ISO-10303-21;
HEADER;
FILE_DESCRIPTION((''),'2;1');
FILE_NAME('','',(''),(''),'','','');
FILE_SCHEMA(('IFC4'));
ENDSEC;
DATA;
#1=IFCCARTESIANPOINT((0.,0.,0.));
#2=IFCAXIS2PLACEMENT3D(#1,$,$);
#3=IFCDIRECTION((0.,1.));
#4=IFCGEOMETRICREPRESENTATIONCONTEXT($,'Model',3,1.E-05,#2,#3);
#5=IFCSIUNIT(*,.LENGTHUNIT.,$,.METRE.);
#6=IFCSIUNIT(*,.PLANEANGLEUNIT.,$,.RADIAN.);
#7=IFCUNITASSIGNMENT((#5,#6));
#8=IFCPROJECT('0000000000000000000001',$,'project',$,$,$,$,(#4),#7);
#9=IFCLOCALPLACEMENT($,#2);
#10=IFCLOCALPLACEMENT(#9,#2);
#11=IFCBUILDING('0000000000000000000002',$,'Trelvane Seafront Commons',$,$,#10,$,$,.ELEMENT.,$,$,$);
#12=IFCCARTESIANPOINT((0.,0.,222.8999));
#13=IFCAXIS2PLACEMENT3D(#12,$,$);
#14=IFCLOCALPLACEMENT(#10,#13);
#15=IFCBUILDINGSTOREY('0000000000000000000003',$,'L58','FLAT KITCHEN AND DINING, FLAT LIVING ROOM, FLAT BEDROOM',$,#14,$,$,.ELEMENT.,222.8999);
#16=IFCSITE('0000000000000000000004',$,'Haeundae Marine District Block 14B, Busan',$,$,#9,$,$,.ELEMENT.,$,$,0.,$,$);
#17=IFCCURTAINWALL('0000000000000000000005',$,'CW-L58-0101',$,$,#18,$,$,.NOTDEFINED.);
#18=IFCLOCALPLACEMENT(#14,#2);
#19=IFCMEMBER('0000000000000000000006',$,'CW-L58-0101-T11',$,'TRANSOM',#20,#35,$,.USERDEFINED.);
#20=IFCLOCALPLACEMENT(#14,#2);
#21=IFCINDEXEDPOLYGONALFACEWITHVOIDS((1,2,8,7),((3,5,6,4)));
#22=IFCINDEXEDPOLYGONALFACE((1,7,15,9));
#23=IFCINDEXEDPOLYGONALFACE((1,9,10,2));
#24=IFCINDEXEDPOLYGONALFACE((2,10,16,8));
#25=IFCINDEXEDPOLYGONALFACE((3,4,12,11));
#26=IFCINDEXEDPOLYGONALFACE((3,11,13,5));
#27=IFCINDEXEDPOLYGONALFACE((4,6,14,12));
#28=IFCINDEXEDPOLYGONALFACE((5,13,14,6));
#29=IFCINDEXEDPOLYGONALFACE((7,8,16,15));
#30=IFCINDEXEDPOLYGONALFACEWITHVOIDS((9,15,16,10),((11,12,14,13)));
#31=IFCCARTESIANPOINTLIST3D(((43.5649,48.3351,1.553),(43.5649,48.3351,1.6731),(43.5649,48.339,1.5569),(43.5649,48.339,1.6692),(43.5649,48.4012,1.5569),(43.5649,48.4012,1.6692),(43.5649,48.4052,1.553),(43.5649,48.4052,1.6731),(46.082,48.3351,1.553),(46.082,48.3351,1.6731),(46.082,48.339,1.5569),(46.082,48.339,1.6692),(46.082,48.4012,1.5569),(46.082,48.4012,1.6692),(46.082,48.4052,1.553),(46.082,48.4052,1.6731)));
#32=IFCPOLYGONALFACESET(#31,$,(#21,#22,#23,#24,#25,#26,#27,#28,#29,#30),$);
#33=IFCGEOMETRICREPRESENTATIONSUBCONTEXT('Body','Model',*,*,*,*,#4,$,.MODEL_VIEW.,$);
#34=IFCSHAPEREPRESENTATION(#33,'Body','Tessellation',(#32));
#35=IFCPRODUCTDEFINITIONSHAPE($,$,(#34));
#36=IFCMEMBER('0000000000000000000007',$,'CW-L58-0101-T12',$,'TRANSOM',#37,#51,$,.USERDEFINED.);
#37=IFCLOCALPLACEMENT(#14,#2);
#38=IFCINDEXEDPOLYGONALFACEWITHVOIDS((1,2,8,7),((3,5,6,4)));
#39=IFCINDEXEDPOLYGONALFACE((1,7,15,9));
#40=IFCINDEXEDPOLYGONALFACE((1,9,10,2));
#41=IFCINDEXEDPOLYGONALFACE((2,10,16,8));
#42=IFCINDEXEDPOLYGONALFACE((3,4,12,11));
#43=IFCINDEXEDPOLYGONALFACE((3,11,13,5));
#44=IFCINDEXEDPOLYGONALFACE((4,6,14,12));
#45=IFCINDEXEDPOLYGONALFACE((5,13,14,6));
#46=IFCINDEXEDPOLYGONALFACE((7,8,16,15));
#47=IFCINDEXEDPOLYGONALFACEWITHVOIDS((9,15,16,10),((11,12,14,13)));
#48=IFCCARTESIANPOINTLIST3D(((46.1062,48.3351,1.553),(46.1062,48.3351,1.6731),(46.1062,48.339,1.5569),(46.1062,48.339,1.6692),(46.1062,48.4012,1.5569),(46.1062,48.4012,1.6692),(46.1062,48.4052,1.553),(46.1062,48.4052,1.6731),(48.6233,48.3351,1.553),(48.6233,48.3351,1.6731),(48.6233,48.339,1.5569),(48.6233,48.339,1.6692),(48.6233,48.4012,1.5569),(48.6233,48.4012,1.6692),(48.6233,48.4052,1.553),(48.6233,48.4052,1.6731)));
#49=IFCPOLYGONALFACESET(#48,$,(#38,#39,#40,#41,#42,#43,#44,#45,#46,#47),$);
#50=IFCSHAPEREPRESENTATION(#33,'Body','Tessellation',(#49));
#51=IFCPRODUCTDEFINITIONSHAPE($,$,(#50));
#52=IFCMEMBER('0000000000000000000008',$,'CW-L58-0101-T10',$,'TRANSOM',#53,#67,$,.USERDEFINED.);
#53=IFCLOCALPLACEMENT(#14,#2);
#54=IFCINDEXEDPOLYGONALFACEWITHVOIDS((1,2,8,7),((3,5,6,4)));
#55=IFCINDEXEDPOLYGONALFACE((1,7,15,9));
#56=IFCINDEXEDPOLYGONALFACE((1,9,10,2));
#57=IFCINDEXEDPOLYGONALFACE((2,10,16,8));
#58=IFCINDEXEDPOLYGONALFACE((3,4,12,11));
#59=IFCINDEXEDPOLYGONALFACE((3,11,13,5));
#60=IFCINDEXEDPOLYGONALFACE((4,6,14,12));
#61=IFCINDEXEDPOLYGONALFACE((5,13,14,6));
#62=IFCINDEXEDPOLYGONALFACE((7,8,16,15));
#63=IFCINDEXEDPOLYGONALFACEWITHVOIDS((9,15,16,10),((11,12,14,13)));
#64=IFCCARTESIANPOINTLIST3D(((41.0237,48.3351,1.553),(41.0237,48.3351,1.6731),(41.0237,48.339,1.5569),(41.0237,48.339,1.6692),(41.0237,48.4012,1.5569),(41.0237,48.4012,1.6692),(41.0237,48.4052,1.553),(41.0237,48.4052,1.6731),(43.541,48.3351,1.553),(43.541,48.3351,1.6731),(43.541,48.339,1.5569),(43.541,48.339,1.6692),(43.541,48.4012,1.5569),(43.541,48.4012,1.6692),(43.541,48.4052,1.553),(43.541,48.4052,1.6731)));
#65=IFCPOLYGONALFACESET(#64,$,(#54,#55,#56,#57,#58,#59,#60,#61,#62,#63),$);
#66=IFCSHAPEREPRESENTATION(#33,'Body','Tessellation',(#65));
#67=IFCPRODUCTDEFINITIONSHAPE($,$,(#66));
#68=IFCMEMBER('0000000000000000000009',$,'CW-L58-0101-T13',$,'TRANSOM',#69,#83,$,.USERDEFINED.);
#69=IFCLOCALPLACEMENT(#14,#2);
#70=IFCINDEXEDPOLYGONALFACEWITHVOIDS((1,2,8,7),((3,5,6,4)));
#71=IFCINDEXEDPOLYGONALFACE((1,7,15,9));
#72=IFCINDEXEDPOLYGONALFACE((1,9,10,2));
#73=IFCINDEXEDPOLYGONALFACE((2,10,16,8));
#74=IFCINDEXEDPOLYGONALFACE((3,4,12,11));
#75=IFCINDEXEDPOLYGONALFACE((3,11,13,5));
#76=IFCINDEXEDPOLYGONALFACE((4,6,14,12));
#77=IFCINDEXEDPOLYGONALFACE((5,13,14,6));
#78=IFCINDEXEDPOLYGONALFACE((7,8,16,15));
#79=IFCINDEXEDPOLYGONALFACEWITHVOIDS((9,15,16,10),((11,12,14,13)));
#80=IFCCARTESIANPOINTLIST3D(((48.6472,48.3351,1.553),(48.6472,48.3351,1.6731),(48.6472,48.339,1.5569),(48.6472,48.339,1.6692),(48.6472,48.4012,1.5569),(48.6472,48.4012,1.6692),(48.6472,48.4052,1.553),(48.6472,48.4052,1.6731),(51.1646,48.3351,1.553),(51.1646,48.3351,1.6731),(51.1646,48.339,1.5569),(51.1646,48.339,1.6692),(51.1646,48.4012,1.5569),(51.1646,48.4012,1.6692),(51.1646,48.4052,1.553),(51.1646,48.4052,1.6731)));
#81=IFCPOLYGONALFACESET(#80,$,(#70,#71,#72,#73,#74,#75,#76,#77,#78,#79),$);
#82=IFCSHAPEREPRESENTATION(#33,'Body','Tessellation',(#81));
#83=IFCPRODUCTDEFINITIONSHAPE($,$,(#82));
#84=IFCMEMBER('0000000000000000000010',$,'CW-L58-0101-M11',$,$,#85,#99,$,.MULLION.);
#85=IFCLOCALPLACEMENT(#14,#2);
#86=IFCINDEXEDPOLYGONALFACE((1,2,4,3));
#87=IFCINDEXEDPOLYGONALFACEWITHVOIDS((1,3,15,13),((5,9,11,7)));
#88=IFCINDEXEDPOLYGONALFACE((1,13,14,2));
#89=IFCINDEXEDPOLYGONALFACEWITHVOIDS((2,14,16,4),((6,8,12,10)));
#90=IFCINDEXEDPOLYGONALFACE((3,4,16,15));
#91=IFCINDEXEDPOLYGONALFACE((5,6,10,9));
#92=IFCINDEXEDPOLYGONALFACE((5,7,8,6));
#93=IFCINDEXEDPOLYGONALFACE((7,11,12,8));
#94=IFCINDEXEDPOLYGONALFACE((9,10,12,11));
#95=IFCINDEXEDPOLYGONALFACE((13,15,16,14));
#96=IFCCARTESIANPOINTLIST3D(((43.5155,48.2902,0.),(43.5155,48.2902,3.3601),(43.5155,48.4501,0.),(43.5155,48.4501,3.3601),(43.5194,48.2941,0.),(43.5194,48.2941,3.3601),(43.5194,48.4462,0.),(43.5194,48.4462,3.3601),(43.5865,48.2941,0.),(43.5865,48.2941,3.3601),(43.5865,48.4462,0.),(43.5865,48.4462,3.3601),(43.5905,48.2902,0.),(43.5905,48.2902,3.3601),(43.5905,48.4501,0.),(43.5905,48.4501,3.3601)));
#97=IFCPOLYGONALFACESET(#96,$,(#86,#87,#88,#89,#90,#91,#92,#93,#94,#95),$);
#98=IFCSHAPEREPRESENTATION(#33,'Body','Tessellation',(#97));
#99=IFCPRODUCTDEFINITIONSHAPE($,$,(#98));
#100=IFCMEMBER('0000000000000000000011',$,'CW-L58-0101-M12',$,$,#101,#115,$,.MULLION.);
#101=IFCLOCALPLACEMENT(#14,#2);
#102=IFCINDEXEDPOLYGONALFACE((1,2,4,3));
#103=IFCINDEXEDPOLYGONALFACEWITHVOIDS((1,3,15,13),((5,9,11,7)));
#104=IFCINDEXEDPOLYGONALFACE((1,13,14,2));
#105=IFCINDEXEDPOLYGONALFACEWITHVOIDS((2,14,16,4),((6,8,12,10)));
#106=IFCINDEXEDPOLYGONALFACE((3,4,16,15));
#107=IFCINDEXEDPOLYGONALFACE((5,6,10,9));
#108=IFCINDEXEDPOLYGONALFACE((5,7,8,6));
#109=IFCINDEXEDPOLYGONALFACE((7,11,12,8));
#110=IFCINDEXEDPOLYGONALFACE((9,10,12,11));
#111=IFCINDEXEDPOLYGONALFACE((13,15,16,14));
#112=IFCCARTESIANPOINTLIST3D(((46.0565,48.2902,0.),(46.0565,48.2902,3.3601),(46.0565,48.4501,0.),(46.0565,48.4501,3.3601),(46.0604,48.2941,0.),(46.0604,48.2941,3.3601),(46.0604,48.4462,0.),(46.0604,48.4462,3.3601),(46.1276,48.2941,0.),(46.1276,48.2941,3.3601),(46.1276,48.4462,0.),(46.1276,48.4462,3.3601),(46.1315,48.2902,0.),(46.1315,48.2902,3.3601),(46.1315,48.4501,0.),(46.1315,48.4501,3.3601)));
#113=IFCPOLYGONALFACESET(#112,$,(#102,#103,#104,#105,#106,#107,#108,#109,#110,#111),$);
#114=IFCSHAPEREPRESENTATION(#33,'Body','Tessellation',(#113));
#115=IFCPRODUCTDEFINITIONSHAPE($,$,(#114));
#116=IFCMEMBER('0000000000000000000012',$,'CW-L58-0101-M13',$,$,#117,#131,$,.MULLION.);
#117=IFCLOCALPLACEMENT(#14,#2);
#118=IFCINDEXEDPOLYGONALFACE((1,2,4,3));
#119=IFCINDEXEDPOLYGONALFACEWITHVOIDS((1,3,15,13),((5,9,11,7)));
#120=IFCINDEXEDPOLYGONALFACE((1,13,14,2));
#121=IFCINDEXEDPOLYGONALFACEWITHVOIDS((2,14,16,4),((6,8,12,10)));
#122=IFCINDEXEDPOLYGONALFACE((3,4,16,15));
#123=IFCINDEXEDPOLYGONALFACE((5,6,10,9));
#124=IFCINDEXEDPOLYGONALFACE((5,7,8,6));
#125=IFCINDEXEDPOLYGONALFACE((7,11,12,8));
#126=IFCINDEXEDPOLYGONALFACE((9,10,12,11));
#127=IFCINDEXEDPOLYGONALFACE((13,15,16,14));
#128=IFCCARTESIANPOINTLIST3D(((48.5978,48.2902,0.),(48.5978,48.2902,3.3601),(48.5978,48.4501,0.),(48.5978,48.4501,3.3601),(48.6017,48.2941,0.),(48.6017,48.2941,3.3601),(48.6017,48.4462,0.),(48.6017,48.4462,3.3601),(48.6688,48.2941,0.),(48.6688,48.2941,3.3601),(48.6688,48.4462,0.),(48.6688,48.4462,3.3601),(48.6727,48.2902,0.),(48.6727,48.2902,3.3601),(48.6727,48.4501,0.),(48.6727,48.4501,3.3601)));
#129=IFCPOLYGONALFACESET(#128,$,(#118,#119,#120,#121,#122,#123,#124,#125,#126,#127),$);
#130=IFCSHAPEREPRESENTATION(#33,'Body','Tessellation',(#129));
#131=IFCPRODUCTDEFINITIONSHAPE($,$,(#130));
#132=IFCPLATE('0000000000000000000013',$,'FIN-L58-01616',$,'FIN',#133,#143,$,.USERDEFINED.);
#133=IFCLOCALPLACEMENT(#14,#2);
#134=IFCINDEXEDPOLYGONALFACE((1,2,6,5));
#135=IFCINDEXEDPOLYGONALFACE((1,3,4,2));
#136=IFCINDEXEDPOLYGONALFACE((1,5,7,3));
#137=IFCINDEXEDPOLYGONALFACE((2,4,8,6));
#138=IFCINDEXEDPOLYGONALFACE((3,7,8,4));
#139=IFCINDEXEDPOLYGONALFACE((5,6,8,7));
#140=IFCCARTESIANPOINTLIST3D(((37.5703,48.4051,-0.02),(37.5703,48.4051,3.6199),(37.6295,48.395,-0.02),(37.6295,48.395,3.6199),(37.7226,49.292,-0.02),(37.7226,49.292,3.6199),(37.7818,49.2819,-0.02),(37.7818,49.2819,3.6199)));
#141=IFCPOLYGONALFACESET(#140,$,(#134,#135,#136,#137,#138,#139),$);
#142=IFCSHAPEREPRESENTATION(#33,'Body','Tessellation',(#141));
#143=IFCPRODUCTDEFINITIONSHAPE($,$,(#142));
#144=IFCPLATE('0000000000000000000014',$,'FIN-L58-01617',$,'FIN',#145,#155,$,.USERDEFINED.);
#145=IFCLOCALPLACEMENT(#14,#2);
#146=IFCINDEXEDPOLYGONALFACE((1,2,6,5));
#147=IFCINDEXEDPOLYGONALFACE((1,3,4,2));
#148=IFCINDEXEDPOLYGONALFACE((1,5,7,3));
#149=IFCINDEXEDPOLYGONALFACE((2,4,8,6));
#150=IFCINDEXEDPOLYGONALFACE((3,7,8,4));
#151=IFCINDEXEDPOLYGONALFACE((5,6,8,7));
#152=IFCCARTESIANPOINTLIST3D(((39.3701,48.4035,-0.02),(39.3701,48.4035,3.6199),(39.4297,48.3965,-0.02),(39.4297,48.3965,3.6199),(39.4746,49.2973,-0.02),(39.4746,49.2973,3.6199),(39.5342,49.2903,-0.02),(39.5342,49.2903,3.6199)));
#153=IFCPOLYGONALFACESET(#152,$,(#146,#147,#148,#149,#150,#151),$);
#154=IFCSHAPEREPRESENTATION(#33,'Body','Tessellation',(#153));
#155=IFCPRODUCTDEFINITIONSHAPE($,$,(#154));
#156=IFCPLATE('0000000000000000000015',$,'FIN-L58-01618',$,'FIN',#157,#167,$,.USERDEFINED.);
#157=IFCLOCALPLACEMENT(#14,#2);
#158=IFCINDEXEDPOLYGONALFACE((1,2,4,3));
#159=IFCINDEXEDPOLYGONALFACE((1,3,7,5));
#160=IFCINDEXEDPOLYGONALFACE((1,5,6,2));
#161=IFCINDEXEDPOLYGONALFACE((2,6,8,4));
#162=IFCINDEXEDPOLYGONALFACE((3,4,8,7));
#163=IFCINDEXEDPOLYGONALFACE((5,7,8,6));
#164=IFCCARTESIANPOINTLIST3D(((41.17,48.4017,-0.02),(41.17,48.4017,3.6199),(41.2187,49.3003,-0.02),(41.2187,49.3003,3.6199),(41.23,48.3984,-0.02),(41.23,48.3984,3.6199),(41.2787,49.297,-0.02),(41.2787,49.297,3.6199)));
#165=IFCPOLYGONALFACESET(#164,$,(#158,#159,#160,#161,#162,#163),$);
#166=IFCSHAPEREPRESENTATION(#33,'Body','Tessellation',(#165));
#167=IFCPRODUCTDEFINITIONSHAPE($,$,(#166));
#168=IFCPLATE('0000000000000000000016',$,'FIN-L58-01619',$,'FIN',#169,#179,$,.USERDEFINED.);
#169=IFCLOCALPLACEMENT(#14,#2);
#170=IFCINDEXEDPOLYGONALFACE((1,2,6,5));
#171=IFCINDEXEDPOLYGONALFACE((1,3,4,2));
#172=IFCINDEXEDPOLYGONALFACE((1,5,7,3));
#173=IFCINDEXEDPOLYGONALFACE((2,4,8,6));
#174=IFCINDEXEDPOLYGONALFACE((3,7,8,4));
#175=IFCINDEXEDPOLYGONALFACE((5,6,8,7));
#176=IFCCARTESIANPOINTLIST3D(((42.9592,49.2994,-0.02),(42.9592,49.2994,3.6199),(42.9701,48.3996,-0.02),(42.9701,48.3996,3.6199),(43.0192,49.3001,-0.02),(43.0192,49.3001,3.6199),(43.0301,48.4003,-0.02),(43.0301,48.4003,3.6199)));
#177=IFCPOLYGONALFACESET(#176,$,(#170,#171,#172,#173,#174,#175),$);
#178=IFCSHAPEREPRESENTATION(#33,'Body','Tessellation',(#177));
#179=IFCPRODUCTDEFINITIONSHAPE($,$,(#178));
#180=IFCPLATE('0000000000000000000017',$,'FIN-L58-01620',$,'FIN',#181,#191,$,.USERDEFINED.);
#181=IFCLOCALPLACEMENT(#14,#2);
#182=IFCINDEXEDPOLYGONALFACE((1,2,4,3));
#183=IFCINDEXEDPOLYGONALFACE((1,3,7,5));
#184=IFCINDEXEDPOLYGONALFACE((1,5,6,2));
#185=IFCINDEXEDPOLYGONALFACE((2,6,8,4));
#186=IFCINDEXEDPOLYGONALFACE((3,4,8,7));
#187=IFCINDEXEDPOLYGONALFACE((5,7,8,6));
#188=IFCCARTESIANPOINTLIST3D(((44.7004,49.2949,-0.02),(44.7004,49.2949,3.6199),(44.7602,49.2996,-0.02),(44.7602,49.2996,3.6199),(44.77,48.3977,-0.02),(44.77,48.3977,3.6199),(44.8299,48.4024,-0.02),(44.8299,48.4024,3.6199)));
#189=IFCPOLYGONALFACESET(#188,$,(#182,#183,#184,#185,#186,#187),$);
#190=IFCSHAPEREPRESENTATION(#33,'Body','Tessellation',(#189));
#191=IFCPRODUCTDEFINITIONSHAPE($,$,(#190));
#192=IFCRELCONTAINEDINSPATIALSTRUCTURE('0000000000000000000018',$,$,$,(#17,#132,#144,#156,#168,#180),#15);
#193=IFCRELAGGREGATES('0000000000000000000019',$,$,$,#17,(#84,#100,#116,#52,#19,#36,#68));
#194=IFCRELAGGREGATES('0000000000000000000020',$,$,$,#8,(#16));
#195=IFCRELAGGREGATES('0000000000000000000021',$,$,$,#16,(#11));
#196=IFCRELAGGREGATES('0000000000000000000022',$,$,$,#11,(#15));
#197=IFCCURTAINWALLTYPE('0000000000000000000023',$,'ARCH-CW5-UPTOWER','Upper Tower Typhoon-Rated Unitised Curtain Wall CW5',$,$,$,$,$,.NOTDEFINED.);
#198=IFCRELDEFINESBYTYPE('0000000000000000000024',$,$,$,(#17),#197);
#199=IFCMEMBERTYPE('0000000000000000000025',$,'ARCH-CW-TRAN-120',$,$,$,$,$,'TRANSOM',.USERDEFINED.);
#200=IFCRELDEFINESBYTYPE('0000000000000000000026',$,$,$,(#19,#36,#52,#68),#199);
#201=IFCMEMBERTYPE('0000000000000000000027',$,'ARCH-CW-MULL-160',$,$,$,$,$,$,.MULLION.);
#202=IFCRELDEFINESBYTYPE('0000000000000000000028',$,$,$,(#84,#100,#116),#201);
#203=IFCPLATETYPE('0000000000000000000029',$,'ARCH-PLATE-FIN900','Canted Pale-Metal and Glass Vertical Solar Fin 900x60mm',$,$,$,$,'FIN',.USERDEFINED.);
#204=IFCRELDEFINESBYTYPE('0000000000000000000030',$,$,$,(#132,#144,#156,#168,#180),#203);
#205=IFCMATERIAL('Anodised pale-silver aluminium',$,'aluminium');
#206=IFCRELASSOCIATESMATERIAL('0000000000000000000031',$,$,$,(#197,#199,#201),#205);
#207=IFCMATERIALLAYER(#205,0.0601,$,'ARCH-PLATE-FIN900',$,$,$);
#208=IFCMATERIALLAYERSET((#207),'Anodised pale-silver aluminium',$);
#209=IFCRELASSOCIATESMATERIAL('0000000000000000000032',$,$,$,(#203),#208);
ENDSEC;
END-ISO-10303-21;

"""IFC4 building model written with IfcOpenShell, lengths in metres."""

from ifc_helpers import new_model, si_unit, direction, frame, origin, origin_2d, place, context, subcontext, project, spatial, rectangle, hollow_rectangle, extrude, source, transform, mapped, material, layer, layer_set, material_profile, profile_set, type_object, element, aggregate, save


model = new_model("IFC4")

# Units and contexts
model_context = context("Model", 3, precision=1e-05, world=origin(), true_north=direction((0.0, 1.0)))
body_context = subcontext(model_context, "Body", "Model", "MODEL_VIEW")
ifc_project = project(units=[si_unit("LENGTHUNIT", "METRE"), si_unit("PLANEANGLEUNIT", "RADIAN")], contexts=[model_context])

# Site, building, storey
site_placement = place(None, origin())
site = spatial("IfcSite", under=ifc_project, at=site_placement, Name="Haeundae Marine District Block 14B, Busan", CompositionType="ELEMENT", RefElevation=0.0)
building_placement = place(site_placement, origin())
building = spatial("IfcBuilding", under=site, at=building_placement, Name="Trelvane Seafront Commons", CompositionType="ELEMENT")
storey_placement = place(building_placement, frame((0.0, 0.0, 222.8999)))
storey = spatial("IfcBuildingStorey", under=building, at=storey_placement, Name="L58", Description="FLAT KITCHEN AND DINING, FLAT LIVING ROOM, FLAT BEDROOM", CompositionType="ELEMENT", Elevation=222.8999)

# Curtain wall, members
ifc_material_1 = material(Name="Anodised pale-silver aluminium", Category="aluminium")
curtain_wall_type = type_object("IfcCurtainWallType", Name="ARCH-CW5-UPTOWER", Description="Upper Tower Typhoon-Rated Unitised Curtain Wall CW5", PredefinedType="NOTDEFINED", material=ifc_material_1)
curtain_wall_placement = place(storey_placement, origin())
curtain_wall = element("IfcCurtainWall", 1, at=curtain_wall_placement, inside=storey, type_object=curtain_wall_type, Name="CW-L58-0101", PredefinedType="NOTDEFINED")
ifc_material_profile_1 = material_profile(ifc_material_1, hollow_rectangle(XDim=0.0701, YDim=0.1201, WallThickness=0.0039, at=origin_2d()), Name="TRAN-70x120x4")
ifc_profile_set_1 = profile_set([ifc_material_profile_1], Name="Anodised pale-silver aluminium")
member_type_1 = type_object("IfcMemberType", Name="ARCH-CW-TRAN-120", ElementType="TRANSOM", PredefinedType="USERDEFINED", material=ifc_profile_set_1)
shared_shape_1 = source(origin(), body_context, "Body", "SweptSolid", [
    extrude(hollow_rectangle(XDim=0.0701, YDim=0.1201, WallThickness=0.0039, at=origin_2d()), origin(), (0.0, 0.0, 1.0), 2.5171),
])
member_1_placement = place(storey_placement, frame((43.5649, 48.3701, 1.613), z_axis=(1.0, 0.0, 0.0), x_axis=(0.0, 1.0, 0.0)))
member_1 = element("IfcMember", 2, at=member_1_placement, type_object=member_type_1, Name="CW-L58-0101-T11", ObjectType="TRANSOM", PredefinedType="USERDEFINED", context=body_context, shape_type="MappedRepresentation", body=[
    mapped(shared_shape_1, transform((0.0, 0.0, 0.0), x_axis=(1.0, 0.0, 0.0), y_axis=(0.0, 1.0, 0.0), z_axis=(0.0, 0.0, 1.0), scale=1.0)),
])
member_2_placement = place(storey_placement, frame((46.1062, 48.3701, 1.613), z_axis=(1.0, 0.0, 0.0), x_axis=(0.0, 1.0, 0.0)))
member_2 = element("IfcMember", 3, at=member_2_placement, type_object=member_type_1, Name="CW-L58-0101-T12", ObjectType="TRANSOM", PredefinedType="USERDEFINED", context=body_context, shape_type="MappedRepresentation", body=[
    mapped(shared_shape_1, transform((0.0, 0.0, 0.0), x_axis=(1.0, 0.0, 0.0), y_axis=(0.0, 1.0, 0.0), z_axis=(0.0, 0.0, 1.0), scale=1.0)),
])
shared_shape_2 = source(origin(), body_context, "Body", "SweptSolid", [
    extrude(hollow_rectangle(XDim=0.0701, YDim=0.1201, WallThickness=0.0039, at=origin_2d()), origin(), (0.0, 0.0, 1.0), 2.5173),
])
member_3_placement = place(storey_placement, frame((41.0237, 48.3701, 1.613), z_axis=(1.0, 0.0, 0.0), x_axis=(0.0, 1.0, 0.0)))
member_3 = element("IfcMember", 4, at=member_3_placement, type_object=member_type_1, Name="CW-L58-0101-T10", ObjectType="TRANSOM", PredefinedType="USERDEFINED", context=body_context, shape_type="MappedRepresentation", body=[
    mapped(shared_shape_2, transform((0.0, 0.0, 0.0), x_axis=(1.0, 0.0, 0.0), y_axis=(0.0, 1.0, 0.0), z_axis=(0.0, 0.0, 1.0), scale=1.0)),
])
member_4_placement = place(storey_placement, frame((48.6472, 48.3701, 1.613), z_axis=(1.0, 0.0, 0.0), x_axis=(0.0, 1.0, 0.0)))
member_4 = element("IfcMember", 5, at=member_4_placement, type_object=member_type_1, Name="CW-L58-0101-T13", ObjectType="TRANSOM", PredefinedType="USERDEFINED", context=body_context, shape_type="MappedRepresentation", body=[
    mapped(shared_shape_2, transform((0.0, 0.0, 0.0), x_axis=(1.0, 0.0, 0.0), y_axis=(0.0, 1.0, 0.0), z_axis=(0.0, 0.0, 1.0), scale=1.0)),
])
ifc_material_profile_2 = material_profile(ifc_material_1, hollow_rectangle(XDim=0.075, YDim=0.1599, WallThickness=0.0039, at=origin_2d()), Name="MULL-75x160x4")
ifc_profile_set_2 = profile_set([ifc_material_profile_2], Name="Anodised pale-silver aluminium")
member_type_2 = type_object("IfcMemberType", Name="ARCH-CW-MULL-160", PredefinedType="MULLION", material=ifc_profile_set_2)
shared_shape_3 = source(origin(), body_context, "Body", "SweptSolid", [
    extrude(hollow_rectangle(XDim=0.075, YDim=0.1599, WallThickness=0.0039, at=origin_2d()), origin(), (0.0, 0.0, 1.0), 3.3601),
])
member_5_placement = place(storey_placement, frame((43.553, 48.3701, 0.0), z_axis=(0.0, 0.0, 1.0), x_axis=(1.0, 0.0, 0.0)))
member_5 = element("IfcMember", 6, at=member_5_placement, type_object=member_type_2, Name="CW-L58-0101-M11", PredefinedType="MULLION", context=body_context, shape_type="MappedRepresentation", body=[
    mapped(shared_shape_3, transform((0.0, 0.0, 0.0), x_axis=(1.0, 0.0, 0.0), y_axis=(0.0, 1.0, 0.0), z_axis=(0.0, 0.0, 1.0), scale=1.0)),
])
member_6_placement = place(storey_placement, frame((46.094, 48.3701, 0.0), z_axis=(0.0, 0.0, 1.0), x_axis=(1.0, 0.0, 0.0)))
member_6 = element("IfcMember", 7, at=member_6_placement, type_object=member_type_2, Name="CW-L58-0101-M12", PredefinedType="MULLION", context=body_context, shape_type="MappedRepresentation", body=[
    mapped(shared_shape_3, transform((0.0, 0.0, 0.0), x_axis=(1.0, 0.0, 0.0), y_axis=(0.0, 1.0, 0.0), z_axis=(0.0, 0.0, 1.0), scale=1.0)),
])
member_7_placement = place(storey_placement, frame((48.6353, 48.3701, 0.0), z_axis=(0.0, 0.0, 1.0), x_axis=(1.0, 0.0, 0.0)))
member_7 = element("IfcMember", 8, at=member_7_placement, type_object=member_type_2, Name="CW-L58-0101-M13", PredefinedType="MULLION", context=body_context, shape_type="MappedRepresentation", body=[
    mapped(shared_shape_3, transform((0.0, 0.0, 0.0), x_axis=(1.0, 0.0, 0.0), y_axis=(0.0, 1.0, 0.0), z_axis=(0.0, 0.0, 1.0), scale=1.0)),
])

# Plates
ifc_layer_1 = layer(ifc_material_1, 0.0601, Name="ARCH-PLATE-FIN900")
ifc_layer_set_1 = layer_set([ifc_layer_1], Name="Anodised pale-silver aluminium")
plate_type_1 = type_object("IfcPlateType", Name="ARCH-PLATE-FIN900", Description="Canted Pale-Metal and Glass Vertical Solar Fin 900x60mm", ElementType="FIN", PredefinedType="USERDEFINED", material=ifc_layer_set_1)
shared_shape_4 = source(origin(), body_context, "Body", "SweptSolid", [
    extrude(rectangle(XDim=0.8999, YDim=0.0601, at=origin_2d()), origin(), (0.0, 0.0, 1.0), 3.6399),
])
for number, where, z_axis, x_axis, name in (
    (9, (37.676, 48.8435, -0.02), (0.0, 0.0, 1.0), (0.169226, 0.985577, 0.0), "FIN-L58-01616"),
    (10, (39.4521, 48.8469, -0.02), (0.0, 0.0, 1.0), (0.116113, 0.993236, 0.0), "FIN-L58-01617"),
    (11, (41.2244, 48.8494, -0.02), (0.0, 0.0, 1.0), (0.05411, 0.998535, 0.0), "FIN-L58-01618"),
    (12, (42.9946, 48.8499, -0.02), (0.0, 0.0, 1.0), (-0.012112, 0.999927, 0.0), "FIN-L58-01619"),
    (13, (44.7651, 48.8486, -0.02), (0.0, 0.0, 1.0), (-0.077445, 0.996997, 0.0), "FIN-L58-01620"),
):
    element("IfcPlate", number, at=place(storey_placement, frame(where, z_axis=z_axis, x_axis=x_axis)), inside=storey, type_object=plate_type_1, Name=name, ObjectType="FIN", PredefinedType="USERDEFINED", context=body_context, shape_type="MappedRepresentation", body=[
        mapped(shared_shape_4, transform((0.0, 0.0, 0.0), x_axis=(1.0, 0.0, 0.0), y_axis=(0.0, 1.0, 0.0), z_axis=(0.0, 0.0, 1.0), scale=1.0)),
    ])

aggregate(curtain_wall, [member_5, member_6, member_7, member_3, member_1, member_2, member_4])

save(model, "model.ifc")
